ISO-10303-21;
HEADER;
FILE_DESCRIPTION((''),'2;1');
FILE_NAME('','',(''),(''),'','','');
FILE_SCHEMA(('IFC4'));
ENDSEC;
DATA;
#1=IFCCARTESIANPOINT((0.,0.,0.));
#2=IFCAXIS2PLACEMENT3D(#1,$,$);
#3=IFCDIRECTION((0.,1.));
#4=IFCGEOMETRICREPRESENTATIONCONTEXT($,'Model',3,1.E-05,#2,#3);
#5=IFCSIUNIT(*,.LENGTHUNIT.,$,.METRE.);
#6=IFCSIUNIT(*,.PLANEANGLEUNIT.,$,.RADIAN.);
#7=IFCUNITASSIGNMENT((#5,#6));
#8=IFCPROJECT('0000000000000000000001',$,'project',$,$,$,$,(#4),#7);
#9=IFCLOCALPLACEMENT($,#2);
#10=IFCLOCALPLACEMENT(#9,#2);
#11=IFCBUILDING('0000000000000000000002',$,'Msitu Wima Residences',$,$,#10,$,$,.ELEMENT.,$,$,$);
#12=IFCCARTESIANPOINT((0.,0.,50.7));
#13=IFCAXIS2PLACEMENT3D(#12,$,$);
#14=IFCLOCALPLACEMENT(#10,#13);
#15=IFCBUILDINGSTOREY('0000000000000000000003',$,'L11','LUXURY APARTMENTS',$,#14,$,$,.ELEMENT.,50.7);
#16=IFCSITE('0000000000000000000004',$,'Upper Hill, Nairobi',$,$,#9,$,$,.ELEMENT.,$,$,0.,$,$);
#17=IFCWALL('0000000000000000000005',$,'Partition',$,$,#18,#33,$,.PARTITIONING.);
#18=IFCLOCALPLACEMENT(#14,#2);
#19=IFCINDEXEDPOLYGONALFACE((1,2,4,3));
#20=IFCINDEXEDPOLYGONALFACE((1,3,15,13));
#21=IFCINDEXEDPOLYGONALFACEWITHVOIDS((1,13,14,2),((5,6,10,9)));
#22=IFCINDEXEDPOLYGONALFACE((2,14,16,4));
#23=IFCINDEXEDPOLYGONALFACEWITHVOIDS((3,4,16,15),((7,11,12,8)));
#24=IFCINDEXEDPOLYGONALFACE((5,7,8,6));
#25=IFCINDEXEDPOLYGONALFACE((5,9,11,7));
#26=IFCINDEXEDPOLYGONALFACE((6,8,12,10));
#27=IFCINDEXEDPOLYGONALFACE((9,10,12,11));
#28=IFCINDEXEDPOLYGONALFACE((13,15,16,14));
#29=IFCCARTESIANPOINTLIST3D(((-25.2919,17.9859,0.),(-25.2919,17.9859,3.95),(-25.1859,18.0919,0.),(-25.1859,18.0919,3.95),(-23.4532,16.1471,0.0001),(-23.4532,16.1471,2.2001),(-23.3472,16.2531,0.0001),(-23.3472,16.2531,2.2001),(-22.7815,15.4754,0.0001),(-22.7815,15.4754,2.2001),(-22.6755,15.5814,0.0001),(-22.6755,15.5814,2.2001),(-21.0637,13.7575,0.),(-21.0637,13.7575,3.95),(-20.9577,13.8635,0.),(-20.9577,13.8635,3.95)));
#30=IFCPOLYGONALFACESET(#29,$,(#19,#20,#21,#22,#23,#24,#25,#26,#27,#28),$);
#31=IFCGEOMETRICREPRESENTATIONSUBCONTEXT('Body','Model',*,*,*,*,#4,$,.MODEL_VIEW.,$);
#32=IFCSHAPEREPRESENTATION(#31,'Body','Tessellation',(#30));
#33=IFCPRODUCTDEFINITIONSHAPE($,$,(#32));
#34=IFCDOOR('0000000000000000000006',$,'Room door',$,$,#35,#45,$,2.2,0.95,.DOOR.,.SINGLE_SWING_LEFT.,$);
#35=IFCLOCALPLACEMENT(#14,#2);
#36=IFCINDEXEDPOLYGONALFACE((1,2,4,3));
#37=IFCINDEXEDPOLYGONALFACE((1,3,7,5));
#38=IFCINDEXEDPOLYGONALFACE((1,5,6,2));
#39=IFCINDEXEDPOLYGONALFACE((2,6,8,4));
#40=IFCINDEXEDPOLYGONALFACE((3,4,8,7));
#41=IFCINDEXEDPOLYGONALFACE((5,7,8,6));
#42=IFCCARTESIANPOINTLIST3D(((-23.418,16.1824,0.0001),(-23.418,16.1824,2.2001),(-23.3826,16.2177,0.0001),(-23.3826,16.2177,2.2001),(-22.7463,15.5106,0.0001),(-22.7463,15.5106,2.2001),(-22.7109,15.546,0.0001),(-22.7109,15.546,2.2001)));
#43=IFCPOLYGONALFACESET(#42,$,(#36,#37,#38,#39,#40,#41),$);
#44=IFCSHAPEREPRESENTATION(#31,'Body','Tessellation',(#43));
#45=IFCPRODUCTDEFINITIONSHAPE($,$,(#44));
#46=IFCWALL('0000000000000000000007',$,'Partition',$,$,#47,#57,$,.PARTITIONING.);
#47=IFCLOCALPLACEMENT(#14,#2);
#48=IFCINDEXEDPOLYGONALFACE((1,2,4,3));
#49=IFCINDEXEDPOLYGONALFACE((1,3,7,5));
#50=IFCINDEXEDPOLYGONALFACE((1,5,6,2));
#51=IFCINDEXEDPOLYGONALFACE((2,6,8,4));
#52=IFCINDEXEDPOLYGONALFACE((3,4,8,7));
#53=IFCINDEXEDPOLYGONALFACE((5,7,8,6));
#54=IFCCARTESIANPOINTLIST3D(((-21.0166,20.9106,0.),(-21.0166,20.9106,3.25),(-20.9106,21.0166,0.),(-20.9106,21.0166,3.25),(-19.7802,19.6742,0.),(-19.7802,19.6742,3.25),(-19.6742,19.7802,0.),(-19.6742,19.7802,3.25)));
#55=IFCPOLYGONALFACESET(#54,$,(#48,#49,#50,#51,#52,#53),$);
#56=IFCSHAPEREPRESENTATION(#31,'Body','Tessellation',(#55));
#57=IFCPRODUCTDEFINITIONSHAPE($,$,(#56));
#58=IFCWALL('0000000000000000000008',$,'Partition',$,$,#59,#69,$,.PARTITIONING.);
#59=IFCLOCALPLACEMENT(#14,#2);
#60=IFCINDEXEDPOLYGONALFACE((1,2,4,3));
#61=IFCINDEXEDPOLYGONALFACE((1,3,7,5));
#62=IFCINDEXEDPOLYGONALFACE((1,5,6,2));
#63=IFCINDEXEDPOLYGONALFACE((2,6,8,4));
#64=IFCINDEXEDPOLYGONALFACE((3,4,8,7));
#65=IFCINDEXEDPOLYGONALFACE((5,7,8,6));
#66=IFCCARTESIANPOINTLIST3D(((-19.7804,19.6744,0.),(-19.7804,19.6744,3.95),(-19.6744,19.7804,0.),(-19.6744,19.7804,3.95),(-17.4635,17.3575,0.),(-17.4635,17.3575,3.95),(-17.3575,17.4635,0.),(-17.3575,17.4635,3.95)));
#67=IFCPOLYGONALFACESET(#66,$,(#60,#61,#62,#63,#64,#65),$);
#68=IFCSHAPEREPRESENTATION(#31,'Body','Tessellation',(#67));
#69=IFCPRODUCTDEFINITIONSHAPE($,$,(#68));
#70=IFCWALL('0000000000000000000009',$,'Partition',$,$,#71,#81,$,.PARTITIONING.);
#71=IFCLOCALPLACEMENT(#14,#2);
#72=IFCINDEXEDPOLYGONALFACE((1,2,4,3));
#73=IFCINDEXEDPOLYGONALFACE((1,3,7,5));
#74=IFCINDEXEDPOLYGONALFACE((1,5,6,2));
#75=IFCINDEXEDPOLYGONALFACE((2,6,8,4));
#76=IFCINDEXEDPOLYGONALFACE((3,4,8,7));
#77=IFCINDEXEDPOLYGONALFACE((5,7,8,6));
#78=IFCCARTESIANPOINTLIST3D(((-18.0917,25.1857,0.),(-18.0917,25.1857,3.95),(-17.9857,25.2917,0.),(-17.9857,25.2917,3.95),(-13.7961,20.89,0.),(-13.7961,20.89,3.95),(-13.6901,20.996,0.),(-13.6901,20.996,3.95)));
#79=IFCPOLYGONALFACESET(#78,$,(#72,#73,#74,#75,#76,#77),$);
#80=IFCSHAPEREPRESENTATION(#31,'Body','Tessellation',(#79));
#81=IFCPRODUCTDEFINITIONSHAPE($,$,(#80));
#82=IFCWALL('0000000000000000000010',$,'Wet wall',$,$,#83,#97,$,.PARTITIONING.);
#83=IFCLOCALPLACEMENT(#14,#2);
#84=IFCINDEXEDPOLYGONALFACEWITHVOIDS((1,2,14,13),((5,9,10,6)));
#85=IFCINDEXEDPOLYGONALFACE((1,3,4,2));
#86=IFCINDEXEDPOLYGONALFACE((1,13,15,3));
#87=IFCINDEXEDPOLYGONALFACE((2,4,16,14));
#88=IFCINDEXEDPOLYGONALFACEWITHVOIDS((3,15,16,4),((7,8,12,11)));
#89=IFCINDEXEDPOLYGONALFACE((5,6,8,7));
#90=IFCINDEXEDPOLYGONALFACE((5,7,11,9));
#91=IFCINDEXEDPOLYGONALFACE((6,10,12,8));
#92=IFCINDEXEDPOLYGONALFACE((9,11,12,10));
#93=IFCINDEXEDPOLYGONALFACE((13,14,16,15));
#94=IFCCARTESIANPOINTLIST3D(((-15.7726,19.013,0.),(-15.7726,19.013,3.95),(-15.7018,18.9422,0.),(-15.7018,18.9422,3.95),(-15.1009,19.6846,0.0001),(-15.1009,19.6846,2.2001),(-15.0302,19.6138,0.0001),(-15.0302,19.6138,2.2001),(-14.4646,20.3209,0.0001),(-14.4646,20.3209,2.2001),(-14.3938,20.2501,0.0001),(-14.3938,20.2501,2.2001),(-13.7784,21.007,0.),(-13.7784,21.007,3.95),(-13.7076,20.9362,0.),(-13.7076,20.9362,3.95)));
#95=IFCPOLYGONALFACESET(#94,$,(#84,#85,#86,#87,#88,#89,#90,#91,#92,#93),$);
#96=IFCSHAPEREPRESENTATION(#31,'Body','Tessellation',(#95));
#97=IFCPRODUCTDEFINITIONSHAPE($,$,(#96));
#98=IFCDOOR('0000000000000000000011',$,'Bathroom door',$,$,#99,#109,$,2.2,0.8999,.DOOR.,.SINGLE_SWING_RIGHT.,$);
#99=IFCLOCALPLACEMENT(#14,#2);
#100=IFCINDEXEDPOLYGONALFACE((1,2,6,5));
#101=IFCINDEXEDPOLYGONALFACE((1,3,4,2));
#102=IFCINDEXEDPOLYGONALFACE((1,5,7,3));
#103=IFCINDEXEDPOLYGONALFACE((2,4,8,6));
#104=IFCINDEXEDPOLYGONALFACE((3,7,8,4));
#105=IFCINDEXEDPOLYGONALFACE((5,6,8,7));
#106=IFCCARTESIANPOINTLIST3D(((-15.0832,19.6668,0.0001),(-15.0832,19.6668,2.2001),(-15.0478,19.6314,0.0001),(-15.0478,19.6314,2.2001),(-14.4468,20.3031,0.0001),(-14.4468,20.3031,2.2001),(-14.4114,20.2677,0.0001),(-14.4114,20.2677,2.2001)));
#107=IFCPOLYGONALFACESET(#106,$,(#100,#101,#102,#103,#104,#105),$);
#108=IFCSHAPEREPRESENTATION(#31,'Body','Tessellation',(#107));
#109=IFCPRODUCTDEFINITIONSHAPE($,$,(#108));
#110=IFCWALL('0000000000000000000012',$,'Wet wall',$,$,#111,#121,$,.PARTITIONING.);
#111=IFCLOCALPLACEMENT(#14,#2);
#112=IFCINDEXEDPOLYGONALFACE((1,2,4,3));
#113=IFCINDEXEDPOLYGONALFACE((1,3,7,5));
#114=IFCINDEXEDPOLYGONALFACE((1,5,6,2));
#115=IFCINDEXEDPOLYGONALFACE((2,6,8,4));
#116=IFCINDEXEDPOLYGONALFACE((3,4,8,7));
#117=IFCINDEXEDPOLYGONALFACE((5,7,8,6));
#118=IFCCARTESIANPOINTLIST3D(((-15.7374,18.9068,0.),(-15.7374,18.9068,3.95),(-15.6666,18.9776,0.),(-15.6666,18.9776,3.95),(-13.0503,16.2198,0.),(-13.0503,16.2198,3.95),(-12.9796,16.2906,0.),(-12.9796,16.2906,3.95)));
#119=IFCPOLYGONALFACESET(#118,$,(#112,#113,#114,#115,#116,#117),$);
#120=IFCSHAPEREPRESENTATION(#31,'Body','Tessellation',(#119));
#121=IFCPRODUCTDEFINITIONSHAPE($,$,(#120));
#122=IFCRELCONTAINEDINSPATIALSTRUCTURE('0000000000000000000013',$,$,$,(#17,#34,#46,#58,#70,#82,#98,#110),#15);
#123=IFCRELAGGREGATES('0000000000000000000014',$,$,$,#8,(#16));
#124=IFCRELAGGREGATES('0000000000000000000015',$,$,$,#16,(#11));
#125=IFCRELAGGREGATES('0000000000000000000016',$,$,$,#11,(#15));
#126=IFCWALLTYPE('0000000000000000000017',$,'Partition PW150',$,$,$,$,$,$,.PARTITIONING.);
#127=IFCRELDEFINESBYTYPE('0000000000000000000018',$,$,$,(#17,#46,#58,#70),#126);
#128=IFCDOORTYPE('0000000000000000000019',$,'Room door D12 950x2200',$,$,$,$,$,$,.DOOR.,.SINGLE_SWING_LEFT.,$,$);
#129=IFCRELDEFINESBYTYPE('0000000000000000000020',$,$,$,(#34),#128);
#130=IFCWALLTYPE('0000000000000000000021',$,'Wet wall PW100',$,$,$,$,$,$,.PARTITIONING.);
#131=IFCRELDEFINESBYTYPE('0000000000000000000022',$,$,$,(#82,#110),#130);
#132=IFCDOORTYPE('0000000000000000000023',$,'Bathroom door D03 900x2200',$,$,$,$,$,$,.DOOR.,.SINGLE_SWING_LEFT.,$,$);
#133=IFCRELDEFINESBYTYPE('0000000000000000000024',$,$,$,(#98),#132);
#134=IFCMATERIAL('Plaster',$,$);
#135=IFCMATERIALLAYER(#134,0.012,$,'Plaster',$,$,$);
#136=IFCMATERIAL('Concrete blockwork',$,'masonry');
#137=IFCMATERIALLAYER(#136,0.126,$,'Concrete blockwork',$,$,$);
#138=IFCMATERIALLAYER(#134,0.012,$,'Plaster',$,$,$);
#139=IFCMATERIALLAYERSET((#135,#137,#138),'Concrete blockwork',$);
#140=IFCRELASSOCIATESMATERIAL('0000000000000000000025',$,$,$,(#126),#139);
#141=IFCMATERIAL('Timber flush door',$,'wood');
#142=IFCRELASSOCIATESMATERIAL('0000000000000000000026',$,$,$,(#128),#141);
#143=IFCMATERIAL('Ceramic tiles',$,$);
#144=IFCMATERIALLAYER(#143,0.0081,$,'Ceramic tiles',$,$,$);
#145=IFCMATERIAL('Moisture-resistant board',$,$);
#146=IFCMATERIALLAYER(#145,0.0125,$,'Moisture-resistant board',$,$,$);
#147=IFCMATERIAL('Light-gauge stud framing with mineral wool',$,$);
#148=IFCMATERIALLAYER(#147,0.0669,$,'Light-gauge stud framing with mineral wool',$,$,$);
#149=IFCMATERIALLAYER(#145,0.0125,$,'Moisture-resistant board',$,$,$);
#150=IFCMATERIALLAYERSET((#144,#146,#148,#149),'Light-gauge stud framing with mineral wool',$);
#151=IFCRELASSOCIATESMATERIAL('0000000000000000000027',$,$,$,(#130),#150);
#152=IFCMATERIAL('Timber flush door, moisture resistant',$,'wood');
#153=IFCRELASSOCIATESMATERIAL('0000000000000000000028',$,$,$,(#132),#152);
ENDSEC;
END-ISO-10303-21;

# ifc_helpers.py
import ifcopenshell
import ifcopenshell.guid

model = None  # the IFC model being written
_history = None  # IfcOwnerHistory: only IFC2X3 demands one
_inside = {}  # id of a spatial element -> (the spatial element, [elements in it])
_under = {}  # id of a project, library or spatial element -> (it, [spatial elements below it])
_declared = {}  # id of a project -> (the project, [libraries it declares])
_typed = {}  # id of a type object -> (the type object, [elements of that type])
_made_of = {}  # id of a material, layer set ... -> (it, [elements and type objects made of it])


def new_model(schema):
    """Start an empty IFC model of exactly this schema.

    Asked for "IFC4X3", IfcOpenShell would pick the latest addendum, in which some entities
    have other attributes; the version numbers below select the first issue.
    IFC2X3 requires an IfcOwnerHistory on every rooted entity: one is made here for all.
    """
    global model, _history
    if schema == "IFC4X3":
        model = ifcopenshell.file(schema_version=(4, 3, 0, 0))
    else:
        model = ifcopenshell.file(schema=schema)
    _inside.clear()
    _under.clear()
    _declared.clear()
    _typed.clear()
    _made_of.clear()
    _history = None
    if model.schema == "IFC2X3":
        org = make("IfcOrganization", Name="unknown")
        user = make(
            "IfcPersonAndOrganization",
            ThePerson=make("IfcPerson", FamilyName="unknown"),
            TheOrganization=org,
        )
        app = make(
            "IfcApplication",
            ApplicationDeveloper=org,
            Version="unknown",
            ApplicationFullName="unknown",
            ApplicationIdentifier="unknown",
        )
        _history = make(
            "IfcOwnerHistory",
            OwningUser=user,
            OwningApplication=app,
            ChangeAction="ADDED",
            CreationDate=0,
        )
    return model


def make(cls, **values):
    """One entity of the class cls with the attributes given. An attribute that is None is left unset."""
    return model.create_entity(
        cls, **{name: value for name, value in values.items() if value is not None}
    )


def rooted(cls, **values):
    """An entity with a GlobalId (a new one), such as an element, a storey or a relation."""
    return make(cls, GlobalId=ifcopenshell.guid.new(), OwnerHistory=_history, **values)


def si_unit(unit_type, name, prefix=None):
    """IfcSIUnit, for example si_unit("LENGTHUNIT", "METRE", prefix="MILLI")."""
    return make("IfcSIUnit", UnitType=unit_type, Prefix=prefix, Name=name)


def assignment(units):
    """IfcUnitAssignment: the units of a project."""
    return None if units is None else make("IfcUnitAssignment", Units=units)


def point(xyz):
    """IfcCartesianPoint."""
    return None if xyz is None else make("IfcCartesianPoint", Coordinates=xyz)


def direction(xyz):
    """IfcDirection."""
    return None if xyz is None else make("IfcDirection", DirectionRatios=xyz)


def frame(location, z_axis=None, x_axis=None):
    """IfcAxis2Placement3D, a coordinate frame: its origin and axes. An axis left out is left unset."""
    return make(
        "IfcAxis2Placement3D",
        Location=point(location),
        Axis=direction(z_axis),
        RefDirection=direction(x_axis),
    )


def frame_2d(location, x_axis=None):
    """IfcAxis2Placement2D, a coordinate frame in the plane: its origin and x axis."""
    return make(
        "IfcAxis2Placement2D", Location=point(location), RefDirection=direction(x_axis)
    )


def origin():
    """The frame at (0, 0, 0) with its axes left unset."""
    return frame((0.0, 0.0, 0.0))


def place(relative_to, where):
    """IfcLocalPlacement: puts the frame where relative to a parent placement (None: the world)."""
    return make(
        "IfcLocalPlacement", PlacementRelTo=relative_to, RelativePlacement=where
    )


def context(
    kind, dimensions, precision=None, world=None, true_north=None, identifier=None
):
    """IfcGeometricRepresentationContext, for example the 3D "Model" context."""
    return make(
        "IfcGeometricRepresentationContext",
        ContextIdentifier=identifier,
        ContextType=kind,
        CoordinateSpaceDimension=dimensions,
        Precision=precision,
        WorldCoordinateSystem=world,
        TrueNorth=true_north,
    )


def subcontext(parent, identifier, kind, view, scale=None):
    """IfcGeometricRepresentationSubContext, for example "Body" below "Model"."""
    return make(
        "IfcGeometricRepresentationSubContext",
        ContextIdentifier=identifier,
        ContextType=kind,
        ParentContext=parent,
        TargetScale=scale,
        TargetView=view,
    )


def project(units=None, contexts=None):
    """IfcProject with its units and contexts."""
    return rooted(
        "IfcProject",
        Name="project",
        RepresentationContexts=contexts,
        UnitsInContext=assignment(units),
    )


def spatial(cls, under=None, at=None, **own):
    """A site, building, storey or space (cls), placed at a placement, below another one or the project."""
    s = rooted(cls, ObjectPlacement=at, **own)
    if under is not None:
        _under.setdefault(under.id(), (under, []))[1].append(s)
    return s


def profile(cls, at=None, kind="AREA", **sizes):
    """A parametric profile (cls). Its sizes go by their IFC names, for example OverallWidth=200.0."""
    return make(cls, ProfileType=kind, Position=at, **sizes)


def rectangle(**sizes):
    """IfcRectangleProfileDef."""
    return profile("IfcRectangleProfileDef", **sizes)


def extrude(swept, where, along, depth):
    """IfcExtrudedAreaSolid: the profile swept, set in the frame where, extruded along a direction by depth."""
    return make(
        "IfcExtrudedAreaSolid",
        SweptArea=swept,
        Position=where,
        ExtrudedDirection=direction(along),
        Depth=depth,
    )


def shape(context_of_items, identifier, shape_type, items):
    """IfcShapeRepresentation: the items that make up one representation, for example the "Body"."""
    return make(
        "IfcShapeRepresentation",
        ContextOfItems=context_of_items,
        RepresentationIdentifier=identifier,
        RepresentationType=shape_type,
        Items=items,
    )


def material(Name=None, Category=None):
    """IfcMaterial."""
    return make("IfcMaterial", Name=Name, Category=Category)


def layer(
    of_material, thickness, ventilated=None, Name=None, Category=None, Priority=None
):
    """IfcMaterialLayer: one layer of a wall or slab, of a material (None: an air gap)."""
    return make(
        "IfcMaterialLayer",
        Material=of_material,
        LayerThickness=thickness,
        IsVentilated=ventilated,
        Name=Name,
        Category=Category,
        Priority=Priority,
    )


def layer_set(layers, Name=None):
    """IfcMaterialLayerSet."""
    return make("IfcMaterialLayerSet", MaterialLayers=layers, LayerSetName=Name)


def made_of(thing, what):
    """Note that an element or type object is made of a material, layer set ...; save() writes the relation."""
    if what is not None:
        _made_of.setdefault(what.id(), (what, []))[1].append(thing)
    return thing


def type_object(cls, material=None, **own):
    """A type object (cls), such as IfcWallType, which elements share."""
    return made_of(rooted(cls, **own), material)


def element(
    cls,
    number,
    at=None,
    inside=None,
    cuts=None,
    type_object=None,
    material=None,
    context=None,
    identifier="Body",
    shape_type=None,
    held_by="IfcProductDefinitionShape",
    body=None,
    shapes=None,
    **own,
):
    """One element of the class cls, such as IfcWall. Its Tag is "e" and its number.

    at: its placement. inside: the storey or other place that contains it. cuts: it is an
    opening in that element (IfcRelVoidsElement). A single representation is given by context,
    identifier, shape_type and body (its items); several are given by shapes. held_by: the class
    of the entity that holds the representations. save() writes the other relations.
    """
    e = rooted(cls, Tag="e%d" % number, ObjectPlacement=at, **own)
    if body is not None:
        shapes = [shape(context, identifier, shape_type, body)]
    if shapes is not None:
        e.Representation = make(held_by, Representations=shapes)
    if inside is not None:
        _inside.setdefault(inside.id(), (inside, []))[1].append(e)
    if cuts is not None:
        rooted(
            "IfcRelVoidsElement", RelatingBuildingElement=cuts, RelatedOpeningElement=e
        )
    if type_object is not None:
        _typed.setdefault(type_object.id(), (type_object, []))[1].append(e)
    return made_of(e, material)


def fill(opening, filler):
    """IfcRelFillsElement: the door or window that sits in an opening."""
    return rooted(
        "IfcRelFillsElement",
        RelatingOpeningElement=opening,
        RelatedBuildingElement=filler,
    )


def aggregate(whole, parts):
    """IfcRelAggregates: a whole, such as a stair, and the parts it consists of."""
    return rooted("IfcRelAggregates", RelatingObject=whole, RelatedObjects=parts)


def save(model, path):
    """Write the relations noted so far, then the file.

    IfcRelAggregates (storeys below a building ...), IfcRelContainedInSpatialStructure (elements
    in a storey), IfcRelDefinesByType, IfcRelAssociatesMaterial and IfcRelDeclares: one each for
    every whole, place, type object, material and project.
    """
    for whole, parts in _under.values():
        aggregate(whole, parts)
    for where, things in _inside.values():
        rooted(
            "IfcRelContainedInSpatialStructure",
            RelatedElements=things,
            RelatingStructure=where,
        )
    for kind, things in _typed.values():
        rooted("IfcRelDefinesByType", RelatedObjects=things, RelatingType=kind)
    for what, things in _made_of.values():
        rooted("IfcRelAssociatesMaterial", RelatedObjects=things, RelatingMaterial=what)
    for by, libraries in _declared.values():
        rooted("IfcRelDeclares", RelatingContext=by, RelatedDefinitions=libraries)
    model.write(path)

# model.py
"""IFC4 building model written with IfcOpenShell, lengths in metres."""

from ifc_helpers import new_model, si_unit, direction, frame, frame_2d, origin, place, context, subcontext, project, spatial, rectangle, extrude, material, layer, layer_set, type_object, element, fill, save


model = new_model("IFC4")

# Units and contexts
model_context = context("Model", 3, precision=1e-05, world=origin(), true_north=direction((0.0, 1.0)))
body_context = subcontext(model_context, "Body", "Model", "MODEL_VIEW")
ifc_project = project(units=[si_unit("LENGTHUNIT", "METRE"), si_unit("PLANEANGLEUNIT", "RADIAN")], contexts=[model_context])

# Site, building, storey
site_placement = place(None, origin())
site = spatial("IfcSite", under=ifc_project, at=site_placement, Name="Upper Hill, Nairobi", CompositionType="ELEMENT", RefElevation=0.0)
building_placement = place(site_placement, origin())
building = spatial("IfcBuilding", under=site, at=building_placement, Name="Msitu Wima Residences", CompositionType="ELEMENT")
storey_placement = place(building_placement, frame((0.0, 0.0, 50.7)))
storey = spatial("IfcBuildingStorey", under=building, at=storey_placement, Name="L11", Description="LUXURY APARTMENTS", CompositionType="ELEMENT", Elevation=50.7)

# Wall, opening, door
ifc_material_1 = material(Name="Plaster")
ifc_material_2 = material(Name="Concrete blockwork", Category="masonry")
ifc_layer_1 = layer(ifc_material_1, 0.012, Name="Plaster")
ifc_layer_2 = layer(ifc_material_2, 0.126, Name="Concrete blockwork")
ifc_layer_3 = layer(ifc_material_1, 0.012, Name="Plaster")
ifc_layer_set_1 = layer_set([ifc_layer_1, ifc_layer_2, ifc_layer_3], Name="Concrete blockwork")
wall_type_1 = type_object("IfcWallType", Name="Partition PW150", PredefinedType="PARTITIONING", material=ifc_layer_set_1)
wall_1_placement = place(storey_placement, frame((-25.2388, 18.0388, 0.0), z_axis=(0.0, 0.0, 1.0), x_axis=(0.707086, -0.707127, 0.0)))
wall_1 = element("IfcWall", 1, at=wall_1_placement, inside=storey, type_object=wall_type_1, Name="Partition", PredefinedType="PARTITIONING", context=body_context, shape_type="SweptSolid", body=[
    extrude(rectangle(XDim=5.9797, YDim=0.1499, at=frame_2d((2.9897, 0.0))), origin(), (0.0, 0.0, 1.0), 3.95),
])
opening_1_placement = place(wall_1_placement, frame((2.6001, 0.0, 0.0)))
opening_1 = element("IfcOpeningElement", 2, at=opening_1_placement, cuts=wall_1, PredefinedType="OPENING", context=body_context, shape_type="SweptSolid", body=[
    extrude(rectangle(XDim=0.95, YDim=2.2, at=frame_2d((0.4751, 1.1001))), frame((0.0, 0.085, 0.0), z_axis=(0.0, -1.0, 0.0), x_axis=(1.0, 0.0, 0.0)), (0.0, 0.0, 1.0), 0.1699),
])
ifc_material_3 = material(Name="Timber flush door", Category="wood")
door_type_1 = type_object("IfcDoorType", Name="Room door D12 950x2200", OperationType="SINGLE_SWING_LEFT", PredefinedType="DOOR", material=ifc_material_3)
door_1_placement = place(opening_1_placement, origin())
door_1 = element("IfcDoor", 3, at=door_1_placement, inside=storey, type_object=door_type_1, Name="Room door", OperationType="SINGLE_SWING_LEFT", OverallHeight=2.2, OverallWidth=0.95, PredefinedType="DOOR", context=body_context, shape_type="SweptSolid", body=[
    extrude(rectangle(XDim=0.95, YDim=2.2, at=frame_2d((0.4751, 1.1001))), frame((0.0, 0.0249, 0.0), z_axis=(0.0, -1.0, 0.0), x_axis=(1.0, 0.0, 0.0)), (0.0, 0.0, 1.0), 0.05),
])
fill(opening_1, door_1)

# Walls
wall_2_placement = place(storey_placement, frame((-20.9636, 20.9636, 0.0), z_axis=(0.0, 0.0, 1.0), x_axis=(0.707107, -0.707107, 0.0)))
element("IfcWall", 4, at=wall_2_placement, inside=storey, type_object=wall_type_1, Name="Partition", PredefinedType="PARTITIONING", context=body_context, shape_type="SweptSolid", body=[
    extrude(rectangle(XDim=1.7485, YDim=0.1499, at=frame_2d((0.8743, 0.0))), origin(), (0.0, 0.0, 1.0), 3.25),
])
wall_3_placement = place(storey_placement, frame((-19.7273, 19.7273, 0.0), z_axis=(0.0, 0.0, 1.0), x_axis=(0.707107, -0.707107, 0.0)))
element("IfcWall", 5, at=wall_3_placement, inside=storey, type_object=wall_type_1, Name="Partition", PredefinedType="PARTITIONING", context=body_context, shape_type="SweptSolid", body=[
    extrude(rectangle(XDim=3.2766, YDim=0.1499, at=frame_2d((1.6382, 0.0))), origin(), (0.0, 0.0, 1.0), 3.95),
])
wall_4_placement = place(storey_placement, frame((-18.0388, 25.2388, 0.0), z_axis=(0.0, 0.0, 1.0), x_axis=(0.707107, -0.707107, 0.0)))
element("IfcWall", 6, at=wall_4_placement, inside=storey, type_object=wall_type_1, Name="Partition", PredefinedType="PARTITIONING", context=body_context, shape_type="SweptSolid", body=[
    extrude(rectangle(XDim=6.075, YDim=0.1499, at=frame_2d((3.0376, 0.0))), origin(), (0.0, 0.0, 1.0), 3.95),
])

# Wall, opening, door
ifc_material_4 = material(Name="Ceramic tiles")
ifc_layer_4 = layer(ifc_material_4, 0.0081, Name="Ceramic tiles")
ifc_material_5 = material(Name="Moisture-resistant board")
ifc_layer_5 = layer(ifc_material_5, 0.0125, Name="Moisture-resistant board")
ifc_material_6 = material(Name="Light-gauge stud framing with mineral wool")
ifc_layer_6 = layer(ifc_material_6, 0.0669, Name="Light-gauge stud framing with mineral wool")
ifc_layer_7 = layer(ifc_material_5, 0.0125, Name="Moisture-resistant board")
ifc_layer_set_2 = layer_set([ifc_layer_4, ifc_layer_5, ifc_layer_6, ifc_layer_7], Name="Light-gauge stud framing with mineral wool")
wall_type_2 = type_object("IfcWallType", Name="Wet wall PW100", PredefinedType="PARTITIONING", material=ifc_layer_set_2)
wall_5_placement = place(storey_placement, frame((-15.7373, 18.9775, 0.0), z_axis=(0.0, 0.0, 1.0), x_axis=(0.70715, 0.707063, 0.0)))
wall_5 = element("IfcWall", 7, at=wall_5_placement, inside=storey, type_object=wall_type_2, Name="Wet wall", PredefinedType="PARTITIONING", context=body_context, shape_type="SweptSolid", body=[
    extrude(rectangle(XDim=2.8201, YDim=0.1001, at=frame_2d((1.4102, 0.0))), origin(), (0.0, 0.0, 1.0), 3.95),
])
opening_2_placement = place(wall_5_placement, frame((0.95, 0.0, 0.0)))
opening_2 = element("IfcOpeningElement", 8, at=opening_2_placement, cuts=wall_5, PredefinedType="OPENING", context=body_context, shape_type="SweptSolid", body=[
    extrude(rectangle(XDim=0.8999, YDim=2.2, at=frame_2d((0.45, 1.1001))), frame((0.0, 0.0601, 0.0), z_axis=(0.0, -1.0, 0.0), x_axis=(1.0, 0.0, 0.0)), (0.0, 0.0, 1.0), 0.1201),
])
ifc_material_7 = material(Name="Timber flush door, moisture resistant", Category="wood")
door_type_2 = type_object("IfcDoorType", Name="Bathroom door D03 900x2200", OperationType="SINGLE_SWING_LEFT", PredefinedType="DOOR", material=ifc_material_7)
door_2_placement = place(opening_2_placement, origin())
door_2 = element("IfcDoor", 9, at=door_2_placement, inside=storey, type_object=door_type_2, Name="Bathroom door", OperationType="SINGLE_SWING_RIGHT", OverallHeight=2.2, OverallWidth=0.8999, PredefinedType="DOOR", context=body_context, shape_type="SweptSolid", body=[
    extrude(rectangle(XDim=0.8999, YDim=2.2, at=frame_2d((0.45, 1.1001))), frame((0.0, 0.0249, 0.0), z_axis=(0.0, -1.0, 0.0), x_axis=(1.0, 0.0, 0.0)), (0.0, 0.0, 1.0), 0.05),
])
fill(opening_2, door_2)

# Wall
wall_6_placement = place(storey_placement, frame((-15.7019, 18.9421, 0.0), z_axis=(0.0, 0.0, 1.0), x_axis=(0.707107, -0.707107, 0.0)))
element("IfcWall", 10, at=wall_6_placement, inside=storey, type_object=wall_type_2, Name="Wet wall", PredefinedType="PARTITIONING", context=body_context, shape_type="SweptSolid", body=[
    extrude(rectangle(XDim=3.8, YDim=0.1001, at=frame_2d((1.8999, 0.0))), origin(), (0.0, 0.0, 1.0), 3.95),
])

save(model, "model.ifc")
